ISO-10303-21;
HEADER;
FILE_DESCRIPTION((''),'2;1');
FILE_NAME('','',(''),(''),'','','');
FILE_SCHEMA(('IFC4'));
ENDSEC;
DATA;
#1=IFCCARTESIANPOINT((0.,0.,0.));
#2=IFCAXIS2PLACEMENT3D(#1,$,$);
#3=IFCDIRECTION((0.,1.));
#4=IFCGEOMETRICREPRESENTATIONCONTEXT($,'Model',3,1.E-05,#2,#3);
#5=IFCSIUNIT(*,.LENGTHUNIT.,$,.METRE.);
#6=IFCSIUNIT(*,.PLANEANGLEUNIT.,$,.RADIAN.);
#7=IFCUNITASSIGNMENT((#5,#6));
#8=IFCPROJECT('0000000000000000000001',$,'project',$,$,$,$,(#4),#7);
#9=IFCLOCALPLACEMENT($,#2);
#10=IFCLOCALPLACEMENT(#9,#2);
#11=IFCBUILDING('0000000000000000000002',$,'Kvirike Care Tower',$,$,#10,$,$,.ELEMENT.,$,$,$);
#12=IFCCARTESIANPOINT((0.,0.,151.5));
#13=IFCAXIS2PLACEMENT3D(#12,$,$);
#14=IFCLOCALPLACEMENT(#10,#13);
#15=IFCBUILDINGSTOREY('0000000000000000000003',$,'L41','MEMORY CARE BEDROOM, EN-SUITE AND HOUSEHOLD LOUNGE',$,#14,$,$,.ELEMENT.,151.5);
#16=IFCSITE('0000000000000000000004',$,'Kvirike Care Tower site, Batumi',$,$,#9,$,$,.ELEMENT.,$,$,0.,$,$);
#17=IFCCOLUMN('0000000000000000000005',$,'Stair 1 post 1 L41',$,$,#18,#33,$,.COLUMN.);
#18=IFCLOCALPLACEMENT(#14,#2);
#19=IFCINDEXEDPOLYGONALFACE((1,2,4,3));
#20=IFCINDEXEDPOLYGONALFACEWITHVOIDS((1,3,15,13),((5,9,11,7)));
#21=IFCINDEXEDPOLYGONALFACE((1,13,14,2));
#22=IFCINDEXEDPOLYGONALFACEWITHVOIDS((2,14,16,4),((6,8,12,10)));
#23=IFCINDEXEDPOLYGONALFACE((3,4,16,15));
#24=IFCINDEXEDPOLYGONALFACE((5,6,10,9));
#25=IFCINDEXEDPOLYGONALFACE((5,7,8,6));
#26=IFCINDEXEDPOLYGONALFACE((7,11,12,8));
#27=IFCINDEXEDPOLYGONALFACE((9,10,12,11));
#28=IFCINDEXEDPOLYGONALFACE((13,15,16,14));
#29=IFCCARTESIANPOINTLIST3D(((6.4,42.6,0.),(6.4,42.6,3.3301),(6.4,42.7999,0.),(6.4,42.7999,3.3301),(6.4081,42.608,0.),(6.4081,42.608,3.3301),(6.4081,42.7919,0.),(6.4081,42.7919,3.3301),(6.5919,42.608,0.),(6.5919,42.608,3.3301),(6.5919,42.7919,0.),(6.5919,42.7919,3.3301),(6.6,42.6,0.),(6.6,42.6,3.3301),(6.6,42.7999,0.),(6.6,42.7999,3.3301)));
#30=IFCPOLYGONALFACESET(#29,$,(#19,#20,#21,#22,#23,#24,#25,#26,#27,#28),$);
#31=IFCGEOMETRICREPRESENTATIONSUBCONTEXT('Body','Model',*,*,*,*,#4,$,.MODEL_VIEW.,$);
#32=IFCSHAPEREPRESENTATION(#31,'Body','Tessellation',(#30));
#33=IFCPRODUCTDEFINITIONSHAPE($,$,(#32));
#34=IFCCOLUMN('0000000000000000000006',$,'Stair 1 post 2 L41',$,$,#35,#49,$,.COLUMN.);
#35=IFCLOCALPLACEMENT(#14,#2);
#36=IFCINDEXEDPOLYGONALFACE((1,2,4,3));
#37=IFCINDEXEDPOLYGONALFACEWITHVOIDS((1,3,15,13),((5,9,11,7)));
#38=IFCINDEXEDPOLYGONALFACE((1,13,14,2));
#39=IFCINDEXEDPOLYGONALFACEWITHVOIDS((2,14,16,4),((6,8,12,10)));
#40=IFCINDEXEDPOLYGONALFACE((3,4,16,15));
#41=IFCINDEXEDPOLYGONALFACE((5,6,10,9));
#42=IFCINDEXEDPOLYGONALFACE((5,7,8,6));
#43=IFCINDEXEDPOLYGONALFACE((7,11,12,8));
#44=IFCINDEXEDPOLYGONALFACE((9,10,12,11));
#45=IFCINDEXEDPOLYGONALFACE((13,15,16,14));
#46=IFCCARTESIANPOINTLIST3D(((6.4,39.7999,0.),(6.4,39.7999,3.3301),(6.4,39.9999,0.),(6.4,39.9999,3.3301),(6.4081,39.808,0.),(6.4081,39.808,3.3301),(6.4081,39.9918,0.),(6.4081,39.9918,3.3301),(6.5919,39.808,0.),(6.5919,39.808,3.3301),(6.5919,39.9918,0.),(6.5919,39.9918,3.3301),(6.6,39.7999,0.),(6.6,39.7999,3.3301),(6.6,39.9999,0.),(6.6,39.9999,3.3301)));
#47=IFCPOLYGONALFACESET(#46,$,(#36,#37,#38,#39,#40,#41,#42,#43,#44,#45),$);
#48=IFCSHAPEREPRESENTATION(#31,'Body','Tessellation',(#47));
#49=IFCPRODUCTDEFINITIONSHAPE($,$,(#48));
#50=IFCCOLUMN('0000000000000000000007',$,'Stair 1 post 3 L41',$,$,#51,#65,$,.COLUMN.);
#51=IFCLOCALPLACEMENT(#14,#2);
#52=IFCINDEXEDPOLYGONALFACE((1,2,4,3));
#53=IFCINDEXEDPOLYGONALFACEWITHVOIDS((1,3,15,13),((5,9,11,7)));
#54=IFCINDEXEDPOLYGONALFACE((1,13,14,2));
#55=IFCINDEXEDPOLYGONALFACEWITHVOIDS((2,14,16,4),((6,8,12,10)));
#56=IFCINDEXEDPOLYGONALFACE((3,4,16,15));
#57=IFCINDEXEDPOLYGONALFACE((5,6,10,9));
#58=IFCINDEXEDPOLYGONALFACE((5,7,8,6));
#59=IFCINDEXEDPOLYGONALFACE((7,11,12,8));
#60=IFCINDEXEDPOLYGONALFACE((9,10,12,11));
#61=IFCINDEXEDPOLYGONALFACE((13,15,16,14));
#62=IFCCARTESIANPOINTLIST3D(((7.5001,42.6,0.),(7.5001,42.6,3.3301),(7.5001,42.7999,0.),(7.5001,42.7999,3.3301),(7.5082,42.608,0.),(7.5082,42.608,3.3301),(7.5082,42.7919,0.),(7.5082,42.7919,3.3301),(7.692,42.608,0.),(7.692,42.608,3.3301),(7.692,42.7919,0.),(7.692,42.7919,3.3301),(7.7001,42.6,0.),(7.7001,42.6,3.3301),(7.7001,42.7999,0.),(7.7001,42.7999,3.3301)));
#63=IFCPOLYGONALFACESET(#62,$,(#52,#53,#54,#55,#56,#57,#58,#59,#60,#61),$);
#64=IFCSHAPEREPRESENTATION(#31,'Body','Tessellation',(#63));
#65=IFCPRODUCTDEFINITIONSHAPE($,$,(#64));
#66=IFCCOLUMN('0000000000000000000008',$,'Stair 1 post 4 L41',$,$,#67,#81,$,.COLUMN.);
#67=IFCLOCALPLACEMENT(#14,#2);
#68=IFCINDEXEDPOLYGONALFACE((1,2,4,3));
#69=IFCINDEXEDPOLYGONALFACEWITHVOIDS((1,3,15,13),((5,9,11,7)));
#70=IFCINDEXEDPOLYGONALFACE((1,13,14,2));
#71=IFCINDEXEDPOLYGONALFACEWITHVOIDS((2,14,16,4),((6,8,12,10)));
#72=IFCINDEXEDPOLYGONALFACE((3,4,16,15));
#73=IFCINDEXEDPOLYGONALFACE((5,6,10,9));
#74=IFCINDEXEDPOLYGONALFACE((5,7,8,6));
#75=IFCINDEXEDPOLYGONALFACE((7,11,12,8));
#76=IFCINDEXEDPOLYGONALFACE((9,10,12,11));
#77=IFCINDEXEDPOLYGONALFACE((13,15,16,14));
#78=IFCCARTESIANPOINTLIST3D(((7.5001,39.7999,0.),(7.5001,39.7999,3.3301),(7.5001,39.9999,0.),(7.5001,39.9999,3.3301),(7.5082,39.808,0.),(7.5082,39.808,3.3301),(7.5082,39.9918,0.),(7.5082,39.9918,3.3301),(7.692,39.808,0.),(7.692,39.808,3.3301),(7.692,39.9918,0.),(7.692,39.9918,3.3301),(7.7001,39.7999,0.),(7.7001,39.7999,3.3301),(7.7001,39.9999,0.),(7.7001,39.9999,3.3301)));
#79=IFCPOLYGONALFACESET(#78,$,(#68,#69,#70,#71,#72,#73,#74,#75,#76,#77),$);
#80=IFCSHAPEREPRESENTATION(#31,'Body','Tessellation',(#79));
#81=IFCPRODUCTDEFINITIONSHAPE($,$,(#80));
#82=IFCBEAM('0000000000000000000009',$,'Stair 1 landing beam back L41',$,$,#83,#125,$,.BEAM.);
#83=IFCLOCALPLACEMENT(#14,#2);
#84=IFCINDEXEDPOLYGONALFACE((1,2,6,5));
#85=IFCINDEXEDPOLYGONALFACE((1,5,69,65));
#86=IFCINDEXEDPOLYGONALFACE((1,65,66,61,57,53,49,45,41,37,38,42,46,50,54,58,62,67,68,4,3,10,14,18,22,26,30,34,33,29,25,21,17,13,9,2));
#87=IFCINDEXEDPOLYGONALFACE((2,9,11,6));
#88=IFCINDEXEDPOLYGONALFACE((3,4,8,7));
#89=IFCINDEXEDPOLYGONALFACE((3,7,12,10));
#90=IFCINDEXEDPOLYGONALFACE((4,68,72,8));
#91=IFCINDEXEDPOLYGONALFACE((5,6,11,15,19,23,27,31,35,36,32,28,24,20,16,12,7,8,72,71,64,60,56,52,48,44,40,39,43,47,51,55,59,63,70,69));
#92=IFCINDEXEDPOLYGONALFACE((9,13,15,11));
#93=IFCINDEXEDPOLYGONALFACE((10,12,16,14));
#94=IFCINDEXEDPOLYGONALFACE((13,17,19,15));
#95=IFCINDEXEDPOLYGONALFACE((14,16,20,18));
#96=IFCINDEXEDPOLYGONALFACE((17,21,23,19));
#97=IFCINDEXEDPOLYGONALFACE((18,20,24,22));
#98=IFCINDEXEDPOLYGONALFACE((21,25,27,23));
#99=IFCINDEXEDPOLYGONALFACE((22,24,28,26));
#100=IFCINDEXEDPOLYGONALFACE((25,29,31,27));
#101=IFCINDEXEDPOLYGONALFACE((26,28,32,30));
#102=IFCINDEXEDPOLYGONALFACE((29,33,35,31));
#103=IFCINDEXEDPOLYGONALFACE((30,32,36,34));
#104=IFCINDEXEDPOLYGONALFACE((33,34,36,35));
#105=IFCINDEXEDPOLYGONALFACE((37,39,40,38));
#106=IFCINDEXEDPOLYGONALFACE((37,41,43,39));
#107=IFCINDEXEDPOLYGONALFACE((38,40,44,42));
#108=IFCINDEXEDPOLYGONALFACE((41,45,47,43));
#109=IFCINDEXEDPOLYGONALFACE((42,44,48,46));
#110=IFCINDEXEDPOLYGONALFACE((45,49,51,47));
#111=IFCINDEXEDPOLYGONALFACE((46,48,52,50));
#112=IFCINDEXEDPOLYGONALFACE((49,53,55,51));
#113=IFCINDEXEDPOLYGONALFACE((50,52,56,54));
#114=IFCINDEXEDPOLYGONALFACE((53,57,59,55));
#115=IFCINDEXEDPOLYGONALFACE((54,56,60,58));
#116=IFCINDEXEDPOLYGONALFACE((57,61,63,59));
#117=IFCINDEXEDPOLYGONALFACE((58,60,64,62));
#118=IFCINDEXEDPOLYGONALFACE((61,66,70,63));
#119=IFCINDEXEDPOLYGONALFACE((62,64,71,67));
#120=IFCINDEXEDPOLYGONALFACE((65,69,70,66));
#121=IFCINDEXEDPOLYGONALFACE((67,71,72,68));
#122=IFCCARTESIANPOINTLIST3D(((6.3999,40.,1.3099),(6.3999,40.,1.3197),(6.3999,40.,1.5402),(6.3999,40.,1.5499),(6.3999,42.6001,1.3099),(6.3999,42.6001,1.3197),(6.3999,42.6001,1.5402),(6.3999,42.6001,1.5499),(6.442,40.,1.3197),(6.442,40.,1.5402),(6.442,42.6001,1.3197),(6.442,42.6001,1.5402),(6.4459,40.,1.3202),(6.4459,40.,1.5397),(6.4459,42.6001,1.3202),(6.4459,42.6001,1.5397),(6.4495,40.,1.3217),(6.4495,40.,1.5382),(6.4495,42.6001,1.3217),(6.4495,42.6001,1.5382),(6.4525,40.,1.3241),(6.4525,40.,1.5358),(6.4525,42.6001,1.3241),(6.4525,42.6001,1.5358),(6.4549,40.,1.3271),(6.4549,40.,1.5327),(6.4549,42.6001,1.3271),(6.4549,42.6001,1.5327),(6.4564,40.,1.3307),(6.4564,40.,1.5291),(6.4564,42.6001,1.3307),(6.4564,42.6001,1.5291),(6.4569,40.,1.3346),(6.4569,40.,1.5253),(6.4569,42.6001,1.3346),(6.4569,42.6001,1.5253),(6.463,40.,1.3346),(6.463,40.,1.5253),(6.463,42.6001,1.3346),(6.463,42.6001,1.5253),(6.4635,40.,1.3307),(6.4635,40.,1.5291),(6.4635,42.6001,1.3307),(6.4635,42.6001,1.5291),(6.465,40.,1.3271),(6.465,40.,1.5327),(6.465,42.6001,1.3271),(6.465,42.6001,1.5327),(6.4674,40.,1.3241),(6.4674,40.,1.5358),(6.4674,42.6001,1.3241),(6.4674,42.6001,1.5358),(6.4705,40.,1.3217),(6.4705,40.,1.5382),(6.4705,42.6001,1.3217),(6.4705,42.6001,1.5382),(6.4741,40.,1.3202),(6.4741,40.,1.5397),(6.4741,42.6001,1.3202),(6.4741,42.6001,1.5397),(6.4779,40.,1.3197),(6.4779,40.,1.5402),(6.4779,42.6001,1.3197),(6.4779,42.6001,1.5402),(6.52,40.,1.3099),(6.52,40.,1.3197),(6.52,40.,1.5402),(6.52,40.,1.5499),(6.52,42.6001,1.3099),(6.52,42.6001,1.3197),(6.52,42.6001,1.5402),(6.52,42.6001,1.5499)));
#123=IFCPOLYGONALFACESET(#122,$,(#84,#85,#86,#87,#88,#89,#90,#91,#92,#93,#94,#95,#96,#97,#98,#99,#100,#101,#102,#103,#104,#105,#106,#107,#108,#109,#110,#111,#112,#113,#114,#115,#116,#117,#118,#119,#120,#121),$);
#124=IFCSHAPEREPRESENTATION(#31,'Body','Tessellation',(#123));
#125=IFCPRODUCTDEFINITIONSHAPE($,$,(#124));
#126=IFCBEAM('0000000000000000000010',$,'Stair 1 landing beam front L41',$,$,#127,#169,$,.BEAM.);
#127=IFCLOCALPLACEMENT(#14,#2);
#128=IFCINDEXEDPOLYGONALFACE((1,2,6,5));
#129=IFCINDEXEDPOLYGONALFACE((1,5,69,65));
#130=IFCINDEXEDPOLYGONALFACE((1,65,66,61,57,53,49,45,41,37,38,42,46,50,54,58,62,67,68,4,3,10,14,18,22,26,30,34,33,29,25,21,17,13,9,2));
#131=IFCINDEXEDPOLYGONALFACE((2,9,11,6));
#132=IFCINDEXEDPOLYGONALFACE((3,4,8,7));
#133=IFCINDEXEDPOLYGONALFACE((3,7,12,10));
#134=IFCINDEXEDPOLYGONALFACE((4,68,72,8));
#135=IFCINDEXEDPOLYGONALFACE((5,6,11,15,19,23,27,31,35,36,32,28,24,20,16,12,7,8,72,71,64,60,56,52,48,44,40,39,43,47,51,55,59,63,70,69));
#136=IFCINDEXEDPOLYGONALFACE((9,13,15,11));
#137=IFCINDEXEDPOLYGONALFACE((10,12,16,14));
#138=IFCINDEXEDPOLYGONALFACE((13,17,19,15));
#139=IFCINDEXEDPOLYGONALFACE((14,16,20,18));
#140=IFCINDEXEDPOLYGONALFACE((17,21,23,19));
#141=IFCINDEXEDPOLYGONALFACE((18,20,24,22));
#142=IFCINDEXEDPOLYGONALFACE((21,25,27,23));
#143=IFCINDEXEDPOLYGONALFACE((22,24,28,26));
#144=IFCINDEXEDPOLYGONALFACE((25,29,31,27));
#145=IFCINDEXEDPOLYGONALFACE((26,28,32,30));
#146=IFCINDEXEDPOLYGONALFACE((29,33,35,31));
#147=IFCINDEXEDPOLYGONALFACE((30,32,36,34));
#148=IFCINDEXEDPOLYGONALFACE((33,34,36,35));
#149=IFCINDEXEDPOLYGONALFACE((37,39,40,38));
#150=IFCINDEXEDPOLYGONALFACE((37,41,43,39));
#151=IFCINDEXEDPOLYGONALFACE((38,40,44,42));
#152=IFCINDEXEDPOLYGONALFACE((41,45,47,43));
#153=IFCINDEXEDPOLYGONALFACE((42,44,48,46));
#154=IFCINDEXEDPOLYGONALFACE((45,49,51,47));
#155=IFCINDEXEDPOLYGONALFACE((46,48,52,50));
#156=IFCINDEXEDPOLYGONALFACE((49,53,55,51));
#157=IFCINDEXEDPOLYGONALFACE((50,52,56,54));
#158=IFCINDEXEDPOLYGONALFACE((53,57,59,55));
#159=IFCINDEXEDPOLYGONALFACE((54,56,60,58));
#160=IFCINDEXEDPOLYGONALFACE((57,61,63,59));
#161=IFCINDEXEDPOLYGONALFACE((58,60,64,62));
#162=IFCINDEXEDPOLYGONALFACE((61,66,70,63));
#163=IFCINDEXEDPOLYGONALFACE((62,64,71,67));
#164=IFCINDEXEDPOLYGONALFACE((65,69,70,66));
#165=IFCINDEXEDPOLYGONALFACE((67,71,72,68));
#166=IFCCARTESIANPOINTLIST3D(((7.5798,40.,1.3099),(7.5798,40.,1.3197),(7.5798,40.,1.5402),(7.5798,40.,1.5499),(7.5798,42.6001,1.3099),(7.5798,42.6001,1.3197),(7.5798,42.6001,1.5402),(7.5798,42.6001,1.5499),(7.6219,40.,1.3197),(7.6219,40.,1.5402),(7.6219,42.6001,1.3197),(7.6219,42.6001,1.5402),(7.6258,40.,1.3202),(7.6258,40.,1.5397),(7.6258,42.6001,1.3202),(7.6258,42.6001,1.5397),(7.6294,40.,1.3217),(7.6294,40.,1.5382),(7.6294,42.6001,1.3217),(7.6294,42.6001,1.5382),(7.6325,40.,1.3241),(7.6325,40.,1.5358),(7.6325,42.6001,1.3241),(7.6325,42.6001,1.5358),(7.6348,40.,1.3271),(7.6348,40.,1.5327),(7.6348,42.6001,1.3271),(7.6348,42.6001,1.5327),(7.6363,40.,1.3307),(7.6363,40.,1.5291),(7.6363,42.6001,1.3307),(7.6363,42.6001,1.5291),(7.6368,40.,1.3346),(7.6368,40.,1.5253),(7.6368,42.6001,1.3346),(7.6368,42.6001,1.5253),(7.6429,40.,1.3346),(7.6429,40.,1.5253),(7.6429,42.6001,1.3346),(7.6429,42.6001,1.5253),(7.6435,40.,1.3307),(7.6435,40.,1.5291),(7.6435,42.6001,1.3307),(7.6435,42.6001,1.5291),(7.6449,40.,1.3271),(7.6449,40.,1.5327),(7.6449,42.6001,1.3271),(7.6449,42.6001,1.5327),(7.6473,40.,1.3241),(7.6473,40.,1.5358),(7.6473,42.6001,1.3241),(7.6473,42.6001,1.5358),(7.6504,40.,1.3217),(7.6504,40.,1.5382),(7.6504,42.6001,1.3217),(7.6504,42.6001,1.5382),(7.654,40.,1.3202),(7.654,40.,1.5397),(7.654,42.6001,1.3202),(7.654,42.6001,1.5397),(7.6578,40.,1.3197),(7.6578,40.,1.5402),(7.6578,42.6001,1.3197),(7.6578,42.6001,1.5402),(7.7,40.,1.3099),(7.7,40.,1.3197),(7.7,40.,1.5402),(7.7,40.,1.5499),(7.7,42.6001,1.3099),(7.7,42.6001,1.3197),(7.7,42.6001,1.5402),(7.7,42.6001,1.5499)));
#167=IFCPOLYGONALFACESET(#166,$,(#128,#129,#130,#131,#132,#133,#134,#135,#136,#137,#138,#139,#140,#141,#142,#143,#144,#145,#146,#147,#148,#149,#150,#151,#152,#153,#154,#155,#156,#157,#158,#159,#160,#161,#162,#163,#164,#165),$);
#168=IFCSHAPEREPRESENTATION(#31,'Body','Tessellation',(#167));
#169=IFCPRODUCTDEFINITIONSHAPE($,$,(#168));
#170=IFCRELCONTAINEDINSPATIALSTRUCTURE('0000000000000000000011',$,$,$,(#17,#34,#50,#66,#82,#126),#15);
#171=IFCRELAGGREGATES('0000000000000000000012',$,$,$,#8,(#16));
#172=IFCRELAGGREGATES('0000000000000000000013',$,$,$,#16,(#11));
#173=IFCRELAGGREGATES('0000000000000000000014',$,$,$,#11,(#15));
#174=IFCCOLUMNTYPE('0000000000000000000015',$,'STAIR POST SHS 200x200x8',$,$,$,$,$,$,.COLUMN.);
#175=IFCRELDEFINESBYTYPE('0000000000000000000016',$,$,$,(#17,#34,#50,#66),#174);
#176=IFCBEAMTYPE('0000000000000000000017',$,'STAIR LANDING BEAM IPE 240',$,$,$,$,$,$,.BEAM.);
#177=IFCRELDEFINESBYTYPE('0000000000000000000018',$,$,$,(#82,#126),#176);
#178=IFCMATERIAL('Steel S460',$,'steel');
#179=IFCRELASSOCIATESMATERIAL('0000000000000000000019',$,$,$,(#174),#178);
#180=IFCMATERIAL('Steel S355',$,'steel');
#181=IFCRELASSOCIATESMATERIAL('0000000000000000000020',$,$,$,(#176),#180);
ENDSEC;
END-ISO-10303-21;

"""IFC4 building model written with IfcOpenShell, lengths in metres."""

from ifc_helpers import new_model, si_unit, direction, frame, origin, origin_2d, place, context, subcontext, project, spatial, hollow_rectangle, i_section, extrude, material, material_profile, profile_set, type_object, element, save


model = new_model("IFC4")

# Units and contexts
model_context = context("Model", 3, precision=1e-05, world=origin(), true_north=direction((0.0, 1.0)))
body_context = subcontext(model_context, "Body", "Model", "MODEL_VIEW")
ifc_project = project(units=[si_unit("LENGTHUNIT", "METRE"), si_unit("PLANEANGLEUNIT", "RADIAN")], contexts=[model_context])

# Site, building, storey
site_placement = place(None, origin())
site = spatial("IfcSite", under=ifc_project, at=site_placement, Name="Kvirike Care Tower site, Batumi", CompositionType="ELEMENT", RefElevation=0.0)
building_placement = place(site_placement, origin())
building = spatial("IfcBuilding", under=site, at=building_placement, Name="Kvirike Care Tower", CompositionType="ELEMENT")
storey_placement = place(building_placement, frame((0.0, 0.0, 151.5)))
storey = spatial("IfcBuildingStorey", under=building, at=storey_placement, Name="L41", Description="MEMORY CARE BEDROOM, EN-SUITE AND HOUSEHOLD LOUNGE", CompositionType="ELEMENT", Elevation=151.5)

# Columns
ifc_material_1 = material(Name="Steel S460", Category="steel")
ifc_material_profile_1 = material_profile(ifc_material_1, hollow_rectangle(XDim=0.2, YDim=0.2, WallThickness=0.0081, at=origin_2d()), Name="SHS 200x200x8")
ifc_profile_set_1 = profile_set([ifc_material_profile_1], Name="Steel S460")
column_type = type_object("IfcColumnType", Name="STAIR POST SHS 200x200x8", PredefinedType="COLUMN", material=ifc_profile_set_1)
for number, where, z_axis, x_axis, name in (
    (1, (6.5, 42.7, 0.0), (0.0, 0.0, 1.0), (1.0, 0.0, 0.0), "Stair 1 post 1 L41"),
    (2, (6.5, 39.8999, 0.0), (0.0, 0.0, 1.0), (1.0, 0.0, 0.0), "Stair 1 post 2 L41"),
    (3, (7.6001, 42.7, 0.0), (0.0, 0.0, 1.0), (1.0, 0.0, 0.0), "Stair 1 post 3 L41"),
    (4, (7.6001, 39.8999, 0.0), (0.0, 0.0, 1.0), (1.0, 0.0, 0.0), "Stair 1 post 4 L41"),
):
    element("IfcColumn", number, at=place(storey_placement, frame(where, z_axis=z_axis, x_axis=x_axis)), inside=storey, type_object=column_type, Name=name, PredefinedType="COLUMN", context=body_context, shape_type="SweptSolid", body=[
        extrude(hollow_rectangle(XDim=0.2, YDim=0.2, WallThickness=0.0081, at=origin_2d()), origin(), (0.0, 0.0, 1.0), 3.3301),
    ])

# Beams
ifc_material_2 = material(Name="Steel S355", Category="steel")
ifc_material_profile_2 = material_profile(ifc_material_2, i_section(OverallWidth=0.1201, OverallDepth=0.24, WebThickness=0.0061, FlangeThickness=0.0098, FilletRadius=0.0149, at=origin_2d()), Name="IPE 240")
ifc_profile_set_2 = profile_set([ifc_material_profile_2], Name="Steel S355")
beam_type = type_object("IfcBeamType", Name="STAIR LANDING BEAM IPE 240", PredefinedType="BEAM", material=ifc_profile_set_2)
for number, where, z_axis, x_axis, name in (
    (5, (6.46, 42.6001, 1.4299), (0.0, -1.0, 0.0), (1.0, 0.0, 0.0), "Stair 1 landing beam back L41"),
    (6, (7.6399, 42.6001, 1.4299), (0.0, -1.0, 0.0), (1.0, 0.0, 0.0), "Stair 1 landing beam front L41"),
):
    element("IfcBeam", number, at=place(storey_placement, frame(where, z_axis=z_axis, x_axis=x_axis)), inside=storey, type_object=beam_type, Name=name, PredefinedType="BEAM", context=body_context, shape_type="SweptSolid", body=[
        extrude(i_section(OverallWidth=0.1201, OverallDepth=0.24, WebThickness=0.0061, FlangeThickness=0.0098, FilletRadius=0.0149, at=origin_2d()), origin(), (0.0, 0.0, 1.0), 2.6001),
    ])

save(model, "model.ifc")
